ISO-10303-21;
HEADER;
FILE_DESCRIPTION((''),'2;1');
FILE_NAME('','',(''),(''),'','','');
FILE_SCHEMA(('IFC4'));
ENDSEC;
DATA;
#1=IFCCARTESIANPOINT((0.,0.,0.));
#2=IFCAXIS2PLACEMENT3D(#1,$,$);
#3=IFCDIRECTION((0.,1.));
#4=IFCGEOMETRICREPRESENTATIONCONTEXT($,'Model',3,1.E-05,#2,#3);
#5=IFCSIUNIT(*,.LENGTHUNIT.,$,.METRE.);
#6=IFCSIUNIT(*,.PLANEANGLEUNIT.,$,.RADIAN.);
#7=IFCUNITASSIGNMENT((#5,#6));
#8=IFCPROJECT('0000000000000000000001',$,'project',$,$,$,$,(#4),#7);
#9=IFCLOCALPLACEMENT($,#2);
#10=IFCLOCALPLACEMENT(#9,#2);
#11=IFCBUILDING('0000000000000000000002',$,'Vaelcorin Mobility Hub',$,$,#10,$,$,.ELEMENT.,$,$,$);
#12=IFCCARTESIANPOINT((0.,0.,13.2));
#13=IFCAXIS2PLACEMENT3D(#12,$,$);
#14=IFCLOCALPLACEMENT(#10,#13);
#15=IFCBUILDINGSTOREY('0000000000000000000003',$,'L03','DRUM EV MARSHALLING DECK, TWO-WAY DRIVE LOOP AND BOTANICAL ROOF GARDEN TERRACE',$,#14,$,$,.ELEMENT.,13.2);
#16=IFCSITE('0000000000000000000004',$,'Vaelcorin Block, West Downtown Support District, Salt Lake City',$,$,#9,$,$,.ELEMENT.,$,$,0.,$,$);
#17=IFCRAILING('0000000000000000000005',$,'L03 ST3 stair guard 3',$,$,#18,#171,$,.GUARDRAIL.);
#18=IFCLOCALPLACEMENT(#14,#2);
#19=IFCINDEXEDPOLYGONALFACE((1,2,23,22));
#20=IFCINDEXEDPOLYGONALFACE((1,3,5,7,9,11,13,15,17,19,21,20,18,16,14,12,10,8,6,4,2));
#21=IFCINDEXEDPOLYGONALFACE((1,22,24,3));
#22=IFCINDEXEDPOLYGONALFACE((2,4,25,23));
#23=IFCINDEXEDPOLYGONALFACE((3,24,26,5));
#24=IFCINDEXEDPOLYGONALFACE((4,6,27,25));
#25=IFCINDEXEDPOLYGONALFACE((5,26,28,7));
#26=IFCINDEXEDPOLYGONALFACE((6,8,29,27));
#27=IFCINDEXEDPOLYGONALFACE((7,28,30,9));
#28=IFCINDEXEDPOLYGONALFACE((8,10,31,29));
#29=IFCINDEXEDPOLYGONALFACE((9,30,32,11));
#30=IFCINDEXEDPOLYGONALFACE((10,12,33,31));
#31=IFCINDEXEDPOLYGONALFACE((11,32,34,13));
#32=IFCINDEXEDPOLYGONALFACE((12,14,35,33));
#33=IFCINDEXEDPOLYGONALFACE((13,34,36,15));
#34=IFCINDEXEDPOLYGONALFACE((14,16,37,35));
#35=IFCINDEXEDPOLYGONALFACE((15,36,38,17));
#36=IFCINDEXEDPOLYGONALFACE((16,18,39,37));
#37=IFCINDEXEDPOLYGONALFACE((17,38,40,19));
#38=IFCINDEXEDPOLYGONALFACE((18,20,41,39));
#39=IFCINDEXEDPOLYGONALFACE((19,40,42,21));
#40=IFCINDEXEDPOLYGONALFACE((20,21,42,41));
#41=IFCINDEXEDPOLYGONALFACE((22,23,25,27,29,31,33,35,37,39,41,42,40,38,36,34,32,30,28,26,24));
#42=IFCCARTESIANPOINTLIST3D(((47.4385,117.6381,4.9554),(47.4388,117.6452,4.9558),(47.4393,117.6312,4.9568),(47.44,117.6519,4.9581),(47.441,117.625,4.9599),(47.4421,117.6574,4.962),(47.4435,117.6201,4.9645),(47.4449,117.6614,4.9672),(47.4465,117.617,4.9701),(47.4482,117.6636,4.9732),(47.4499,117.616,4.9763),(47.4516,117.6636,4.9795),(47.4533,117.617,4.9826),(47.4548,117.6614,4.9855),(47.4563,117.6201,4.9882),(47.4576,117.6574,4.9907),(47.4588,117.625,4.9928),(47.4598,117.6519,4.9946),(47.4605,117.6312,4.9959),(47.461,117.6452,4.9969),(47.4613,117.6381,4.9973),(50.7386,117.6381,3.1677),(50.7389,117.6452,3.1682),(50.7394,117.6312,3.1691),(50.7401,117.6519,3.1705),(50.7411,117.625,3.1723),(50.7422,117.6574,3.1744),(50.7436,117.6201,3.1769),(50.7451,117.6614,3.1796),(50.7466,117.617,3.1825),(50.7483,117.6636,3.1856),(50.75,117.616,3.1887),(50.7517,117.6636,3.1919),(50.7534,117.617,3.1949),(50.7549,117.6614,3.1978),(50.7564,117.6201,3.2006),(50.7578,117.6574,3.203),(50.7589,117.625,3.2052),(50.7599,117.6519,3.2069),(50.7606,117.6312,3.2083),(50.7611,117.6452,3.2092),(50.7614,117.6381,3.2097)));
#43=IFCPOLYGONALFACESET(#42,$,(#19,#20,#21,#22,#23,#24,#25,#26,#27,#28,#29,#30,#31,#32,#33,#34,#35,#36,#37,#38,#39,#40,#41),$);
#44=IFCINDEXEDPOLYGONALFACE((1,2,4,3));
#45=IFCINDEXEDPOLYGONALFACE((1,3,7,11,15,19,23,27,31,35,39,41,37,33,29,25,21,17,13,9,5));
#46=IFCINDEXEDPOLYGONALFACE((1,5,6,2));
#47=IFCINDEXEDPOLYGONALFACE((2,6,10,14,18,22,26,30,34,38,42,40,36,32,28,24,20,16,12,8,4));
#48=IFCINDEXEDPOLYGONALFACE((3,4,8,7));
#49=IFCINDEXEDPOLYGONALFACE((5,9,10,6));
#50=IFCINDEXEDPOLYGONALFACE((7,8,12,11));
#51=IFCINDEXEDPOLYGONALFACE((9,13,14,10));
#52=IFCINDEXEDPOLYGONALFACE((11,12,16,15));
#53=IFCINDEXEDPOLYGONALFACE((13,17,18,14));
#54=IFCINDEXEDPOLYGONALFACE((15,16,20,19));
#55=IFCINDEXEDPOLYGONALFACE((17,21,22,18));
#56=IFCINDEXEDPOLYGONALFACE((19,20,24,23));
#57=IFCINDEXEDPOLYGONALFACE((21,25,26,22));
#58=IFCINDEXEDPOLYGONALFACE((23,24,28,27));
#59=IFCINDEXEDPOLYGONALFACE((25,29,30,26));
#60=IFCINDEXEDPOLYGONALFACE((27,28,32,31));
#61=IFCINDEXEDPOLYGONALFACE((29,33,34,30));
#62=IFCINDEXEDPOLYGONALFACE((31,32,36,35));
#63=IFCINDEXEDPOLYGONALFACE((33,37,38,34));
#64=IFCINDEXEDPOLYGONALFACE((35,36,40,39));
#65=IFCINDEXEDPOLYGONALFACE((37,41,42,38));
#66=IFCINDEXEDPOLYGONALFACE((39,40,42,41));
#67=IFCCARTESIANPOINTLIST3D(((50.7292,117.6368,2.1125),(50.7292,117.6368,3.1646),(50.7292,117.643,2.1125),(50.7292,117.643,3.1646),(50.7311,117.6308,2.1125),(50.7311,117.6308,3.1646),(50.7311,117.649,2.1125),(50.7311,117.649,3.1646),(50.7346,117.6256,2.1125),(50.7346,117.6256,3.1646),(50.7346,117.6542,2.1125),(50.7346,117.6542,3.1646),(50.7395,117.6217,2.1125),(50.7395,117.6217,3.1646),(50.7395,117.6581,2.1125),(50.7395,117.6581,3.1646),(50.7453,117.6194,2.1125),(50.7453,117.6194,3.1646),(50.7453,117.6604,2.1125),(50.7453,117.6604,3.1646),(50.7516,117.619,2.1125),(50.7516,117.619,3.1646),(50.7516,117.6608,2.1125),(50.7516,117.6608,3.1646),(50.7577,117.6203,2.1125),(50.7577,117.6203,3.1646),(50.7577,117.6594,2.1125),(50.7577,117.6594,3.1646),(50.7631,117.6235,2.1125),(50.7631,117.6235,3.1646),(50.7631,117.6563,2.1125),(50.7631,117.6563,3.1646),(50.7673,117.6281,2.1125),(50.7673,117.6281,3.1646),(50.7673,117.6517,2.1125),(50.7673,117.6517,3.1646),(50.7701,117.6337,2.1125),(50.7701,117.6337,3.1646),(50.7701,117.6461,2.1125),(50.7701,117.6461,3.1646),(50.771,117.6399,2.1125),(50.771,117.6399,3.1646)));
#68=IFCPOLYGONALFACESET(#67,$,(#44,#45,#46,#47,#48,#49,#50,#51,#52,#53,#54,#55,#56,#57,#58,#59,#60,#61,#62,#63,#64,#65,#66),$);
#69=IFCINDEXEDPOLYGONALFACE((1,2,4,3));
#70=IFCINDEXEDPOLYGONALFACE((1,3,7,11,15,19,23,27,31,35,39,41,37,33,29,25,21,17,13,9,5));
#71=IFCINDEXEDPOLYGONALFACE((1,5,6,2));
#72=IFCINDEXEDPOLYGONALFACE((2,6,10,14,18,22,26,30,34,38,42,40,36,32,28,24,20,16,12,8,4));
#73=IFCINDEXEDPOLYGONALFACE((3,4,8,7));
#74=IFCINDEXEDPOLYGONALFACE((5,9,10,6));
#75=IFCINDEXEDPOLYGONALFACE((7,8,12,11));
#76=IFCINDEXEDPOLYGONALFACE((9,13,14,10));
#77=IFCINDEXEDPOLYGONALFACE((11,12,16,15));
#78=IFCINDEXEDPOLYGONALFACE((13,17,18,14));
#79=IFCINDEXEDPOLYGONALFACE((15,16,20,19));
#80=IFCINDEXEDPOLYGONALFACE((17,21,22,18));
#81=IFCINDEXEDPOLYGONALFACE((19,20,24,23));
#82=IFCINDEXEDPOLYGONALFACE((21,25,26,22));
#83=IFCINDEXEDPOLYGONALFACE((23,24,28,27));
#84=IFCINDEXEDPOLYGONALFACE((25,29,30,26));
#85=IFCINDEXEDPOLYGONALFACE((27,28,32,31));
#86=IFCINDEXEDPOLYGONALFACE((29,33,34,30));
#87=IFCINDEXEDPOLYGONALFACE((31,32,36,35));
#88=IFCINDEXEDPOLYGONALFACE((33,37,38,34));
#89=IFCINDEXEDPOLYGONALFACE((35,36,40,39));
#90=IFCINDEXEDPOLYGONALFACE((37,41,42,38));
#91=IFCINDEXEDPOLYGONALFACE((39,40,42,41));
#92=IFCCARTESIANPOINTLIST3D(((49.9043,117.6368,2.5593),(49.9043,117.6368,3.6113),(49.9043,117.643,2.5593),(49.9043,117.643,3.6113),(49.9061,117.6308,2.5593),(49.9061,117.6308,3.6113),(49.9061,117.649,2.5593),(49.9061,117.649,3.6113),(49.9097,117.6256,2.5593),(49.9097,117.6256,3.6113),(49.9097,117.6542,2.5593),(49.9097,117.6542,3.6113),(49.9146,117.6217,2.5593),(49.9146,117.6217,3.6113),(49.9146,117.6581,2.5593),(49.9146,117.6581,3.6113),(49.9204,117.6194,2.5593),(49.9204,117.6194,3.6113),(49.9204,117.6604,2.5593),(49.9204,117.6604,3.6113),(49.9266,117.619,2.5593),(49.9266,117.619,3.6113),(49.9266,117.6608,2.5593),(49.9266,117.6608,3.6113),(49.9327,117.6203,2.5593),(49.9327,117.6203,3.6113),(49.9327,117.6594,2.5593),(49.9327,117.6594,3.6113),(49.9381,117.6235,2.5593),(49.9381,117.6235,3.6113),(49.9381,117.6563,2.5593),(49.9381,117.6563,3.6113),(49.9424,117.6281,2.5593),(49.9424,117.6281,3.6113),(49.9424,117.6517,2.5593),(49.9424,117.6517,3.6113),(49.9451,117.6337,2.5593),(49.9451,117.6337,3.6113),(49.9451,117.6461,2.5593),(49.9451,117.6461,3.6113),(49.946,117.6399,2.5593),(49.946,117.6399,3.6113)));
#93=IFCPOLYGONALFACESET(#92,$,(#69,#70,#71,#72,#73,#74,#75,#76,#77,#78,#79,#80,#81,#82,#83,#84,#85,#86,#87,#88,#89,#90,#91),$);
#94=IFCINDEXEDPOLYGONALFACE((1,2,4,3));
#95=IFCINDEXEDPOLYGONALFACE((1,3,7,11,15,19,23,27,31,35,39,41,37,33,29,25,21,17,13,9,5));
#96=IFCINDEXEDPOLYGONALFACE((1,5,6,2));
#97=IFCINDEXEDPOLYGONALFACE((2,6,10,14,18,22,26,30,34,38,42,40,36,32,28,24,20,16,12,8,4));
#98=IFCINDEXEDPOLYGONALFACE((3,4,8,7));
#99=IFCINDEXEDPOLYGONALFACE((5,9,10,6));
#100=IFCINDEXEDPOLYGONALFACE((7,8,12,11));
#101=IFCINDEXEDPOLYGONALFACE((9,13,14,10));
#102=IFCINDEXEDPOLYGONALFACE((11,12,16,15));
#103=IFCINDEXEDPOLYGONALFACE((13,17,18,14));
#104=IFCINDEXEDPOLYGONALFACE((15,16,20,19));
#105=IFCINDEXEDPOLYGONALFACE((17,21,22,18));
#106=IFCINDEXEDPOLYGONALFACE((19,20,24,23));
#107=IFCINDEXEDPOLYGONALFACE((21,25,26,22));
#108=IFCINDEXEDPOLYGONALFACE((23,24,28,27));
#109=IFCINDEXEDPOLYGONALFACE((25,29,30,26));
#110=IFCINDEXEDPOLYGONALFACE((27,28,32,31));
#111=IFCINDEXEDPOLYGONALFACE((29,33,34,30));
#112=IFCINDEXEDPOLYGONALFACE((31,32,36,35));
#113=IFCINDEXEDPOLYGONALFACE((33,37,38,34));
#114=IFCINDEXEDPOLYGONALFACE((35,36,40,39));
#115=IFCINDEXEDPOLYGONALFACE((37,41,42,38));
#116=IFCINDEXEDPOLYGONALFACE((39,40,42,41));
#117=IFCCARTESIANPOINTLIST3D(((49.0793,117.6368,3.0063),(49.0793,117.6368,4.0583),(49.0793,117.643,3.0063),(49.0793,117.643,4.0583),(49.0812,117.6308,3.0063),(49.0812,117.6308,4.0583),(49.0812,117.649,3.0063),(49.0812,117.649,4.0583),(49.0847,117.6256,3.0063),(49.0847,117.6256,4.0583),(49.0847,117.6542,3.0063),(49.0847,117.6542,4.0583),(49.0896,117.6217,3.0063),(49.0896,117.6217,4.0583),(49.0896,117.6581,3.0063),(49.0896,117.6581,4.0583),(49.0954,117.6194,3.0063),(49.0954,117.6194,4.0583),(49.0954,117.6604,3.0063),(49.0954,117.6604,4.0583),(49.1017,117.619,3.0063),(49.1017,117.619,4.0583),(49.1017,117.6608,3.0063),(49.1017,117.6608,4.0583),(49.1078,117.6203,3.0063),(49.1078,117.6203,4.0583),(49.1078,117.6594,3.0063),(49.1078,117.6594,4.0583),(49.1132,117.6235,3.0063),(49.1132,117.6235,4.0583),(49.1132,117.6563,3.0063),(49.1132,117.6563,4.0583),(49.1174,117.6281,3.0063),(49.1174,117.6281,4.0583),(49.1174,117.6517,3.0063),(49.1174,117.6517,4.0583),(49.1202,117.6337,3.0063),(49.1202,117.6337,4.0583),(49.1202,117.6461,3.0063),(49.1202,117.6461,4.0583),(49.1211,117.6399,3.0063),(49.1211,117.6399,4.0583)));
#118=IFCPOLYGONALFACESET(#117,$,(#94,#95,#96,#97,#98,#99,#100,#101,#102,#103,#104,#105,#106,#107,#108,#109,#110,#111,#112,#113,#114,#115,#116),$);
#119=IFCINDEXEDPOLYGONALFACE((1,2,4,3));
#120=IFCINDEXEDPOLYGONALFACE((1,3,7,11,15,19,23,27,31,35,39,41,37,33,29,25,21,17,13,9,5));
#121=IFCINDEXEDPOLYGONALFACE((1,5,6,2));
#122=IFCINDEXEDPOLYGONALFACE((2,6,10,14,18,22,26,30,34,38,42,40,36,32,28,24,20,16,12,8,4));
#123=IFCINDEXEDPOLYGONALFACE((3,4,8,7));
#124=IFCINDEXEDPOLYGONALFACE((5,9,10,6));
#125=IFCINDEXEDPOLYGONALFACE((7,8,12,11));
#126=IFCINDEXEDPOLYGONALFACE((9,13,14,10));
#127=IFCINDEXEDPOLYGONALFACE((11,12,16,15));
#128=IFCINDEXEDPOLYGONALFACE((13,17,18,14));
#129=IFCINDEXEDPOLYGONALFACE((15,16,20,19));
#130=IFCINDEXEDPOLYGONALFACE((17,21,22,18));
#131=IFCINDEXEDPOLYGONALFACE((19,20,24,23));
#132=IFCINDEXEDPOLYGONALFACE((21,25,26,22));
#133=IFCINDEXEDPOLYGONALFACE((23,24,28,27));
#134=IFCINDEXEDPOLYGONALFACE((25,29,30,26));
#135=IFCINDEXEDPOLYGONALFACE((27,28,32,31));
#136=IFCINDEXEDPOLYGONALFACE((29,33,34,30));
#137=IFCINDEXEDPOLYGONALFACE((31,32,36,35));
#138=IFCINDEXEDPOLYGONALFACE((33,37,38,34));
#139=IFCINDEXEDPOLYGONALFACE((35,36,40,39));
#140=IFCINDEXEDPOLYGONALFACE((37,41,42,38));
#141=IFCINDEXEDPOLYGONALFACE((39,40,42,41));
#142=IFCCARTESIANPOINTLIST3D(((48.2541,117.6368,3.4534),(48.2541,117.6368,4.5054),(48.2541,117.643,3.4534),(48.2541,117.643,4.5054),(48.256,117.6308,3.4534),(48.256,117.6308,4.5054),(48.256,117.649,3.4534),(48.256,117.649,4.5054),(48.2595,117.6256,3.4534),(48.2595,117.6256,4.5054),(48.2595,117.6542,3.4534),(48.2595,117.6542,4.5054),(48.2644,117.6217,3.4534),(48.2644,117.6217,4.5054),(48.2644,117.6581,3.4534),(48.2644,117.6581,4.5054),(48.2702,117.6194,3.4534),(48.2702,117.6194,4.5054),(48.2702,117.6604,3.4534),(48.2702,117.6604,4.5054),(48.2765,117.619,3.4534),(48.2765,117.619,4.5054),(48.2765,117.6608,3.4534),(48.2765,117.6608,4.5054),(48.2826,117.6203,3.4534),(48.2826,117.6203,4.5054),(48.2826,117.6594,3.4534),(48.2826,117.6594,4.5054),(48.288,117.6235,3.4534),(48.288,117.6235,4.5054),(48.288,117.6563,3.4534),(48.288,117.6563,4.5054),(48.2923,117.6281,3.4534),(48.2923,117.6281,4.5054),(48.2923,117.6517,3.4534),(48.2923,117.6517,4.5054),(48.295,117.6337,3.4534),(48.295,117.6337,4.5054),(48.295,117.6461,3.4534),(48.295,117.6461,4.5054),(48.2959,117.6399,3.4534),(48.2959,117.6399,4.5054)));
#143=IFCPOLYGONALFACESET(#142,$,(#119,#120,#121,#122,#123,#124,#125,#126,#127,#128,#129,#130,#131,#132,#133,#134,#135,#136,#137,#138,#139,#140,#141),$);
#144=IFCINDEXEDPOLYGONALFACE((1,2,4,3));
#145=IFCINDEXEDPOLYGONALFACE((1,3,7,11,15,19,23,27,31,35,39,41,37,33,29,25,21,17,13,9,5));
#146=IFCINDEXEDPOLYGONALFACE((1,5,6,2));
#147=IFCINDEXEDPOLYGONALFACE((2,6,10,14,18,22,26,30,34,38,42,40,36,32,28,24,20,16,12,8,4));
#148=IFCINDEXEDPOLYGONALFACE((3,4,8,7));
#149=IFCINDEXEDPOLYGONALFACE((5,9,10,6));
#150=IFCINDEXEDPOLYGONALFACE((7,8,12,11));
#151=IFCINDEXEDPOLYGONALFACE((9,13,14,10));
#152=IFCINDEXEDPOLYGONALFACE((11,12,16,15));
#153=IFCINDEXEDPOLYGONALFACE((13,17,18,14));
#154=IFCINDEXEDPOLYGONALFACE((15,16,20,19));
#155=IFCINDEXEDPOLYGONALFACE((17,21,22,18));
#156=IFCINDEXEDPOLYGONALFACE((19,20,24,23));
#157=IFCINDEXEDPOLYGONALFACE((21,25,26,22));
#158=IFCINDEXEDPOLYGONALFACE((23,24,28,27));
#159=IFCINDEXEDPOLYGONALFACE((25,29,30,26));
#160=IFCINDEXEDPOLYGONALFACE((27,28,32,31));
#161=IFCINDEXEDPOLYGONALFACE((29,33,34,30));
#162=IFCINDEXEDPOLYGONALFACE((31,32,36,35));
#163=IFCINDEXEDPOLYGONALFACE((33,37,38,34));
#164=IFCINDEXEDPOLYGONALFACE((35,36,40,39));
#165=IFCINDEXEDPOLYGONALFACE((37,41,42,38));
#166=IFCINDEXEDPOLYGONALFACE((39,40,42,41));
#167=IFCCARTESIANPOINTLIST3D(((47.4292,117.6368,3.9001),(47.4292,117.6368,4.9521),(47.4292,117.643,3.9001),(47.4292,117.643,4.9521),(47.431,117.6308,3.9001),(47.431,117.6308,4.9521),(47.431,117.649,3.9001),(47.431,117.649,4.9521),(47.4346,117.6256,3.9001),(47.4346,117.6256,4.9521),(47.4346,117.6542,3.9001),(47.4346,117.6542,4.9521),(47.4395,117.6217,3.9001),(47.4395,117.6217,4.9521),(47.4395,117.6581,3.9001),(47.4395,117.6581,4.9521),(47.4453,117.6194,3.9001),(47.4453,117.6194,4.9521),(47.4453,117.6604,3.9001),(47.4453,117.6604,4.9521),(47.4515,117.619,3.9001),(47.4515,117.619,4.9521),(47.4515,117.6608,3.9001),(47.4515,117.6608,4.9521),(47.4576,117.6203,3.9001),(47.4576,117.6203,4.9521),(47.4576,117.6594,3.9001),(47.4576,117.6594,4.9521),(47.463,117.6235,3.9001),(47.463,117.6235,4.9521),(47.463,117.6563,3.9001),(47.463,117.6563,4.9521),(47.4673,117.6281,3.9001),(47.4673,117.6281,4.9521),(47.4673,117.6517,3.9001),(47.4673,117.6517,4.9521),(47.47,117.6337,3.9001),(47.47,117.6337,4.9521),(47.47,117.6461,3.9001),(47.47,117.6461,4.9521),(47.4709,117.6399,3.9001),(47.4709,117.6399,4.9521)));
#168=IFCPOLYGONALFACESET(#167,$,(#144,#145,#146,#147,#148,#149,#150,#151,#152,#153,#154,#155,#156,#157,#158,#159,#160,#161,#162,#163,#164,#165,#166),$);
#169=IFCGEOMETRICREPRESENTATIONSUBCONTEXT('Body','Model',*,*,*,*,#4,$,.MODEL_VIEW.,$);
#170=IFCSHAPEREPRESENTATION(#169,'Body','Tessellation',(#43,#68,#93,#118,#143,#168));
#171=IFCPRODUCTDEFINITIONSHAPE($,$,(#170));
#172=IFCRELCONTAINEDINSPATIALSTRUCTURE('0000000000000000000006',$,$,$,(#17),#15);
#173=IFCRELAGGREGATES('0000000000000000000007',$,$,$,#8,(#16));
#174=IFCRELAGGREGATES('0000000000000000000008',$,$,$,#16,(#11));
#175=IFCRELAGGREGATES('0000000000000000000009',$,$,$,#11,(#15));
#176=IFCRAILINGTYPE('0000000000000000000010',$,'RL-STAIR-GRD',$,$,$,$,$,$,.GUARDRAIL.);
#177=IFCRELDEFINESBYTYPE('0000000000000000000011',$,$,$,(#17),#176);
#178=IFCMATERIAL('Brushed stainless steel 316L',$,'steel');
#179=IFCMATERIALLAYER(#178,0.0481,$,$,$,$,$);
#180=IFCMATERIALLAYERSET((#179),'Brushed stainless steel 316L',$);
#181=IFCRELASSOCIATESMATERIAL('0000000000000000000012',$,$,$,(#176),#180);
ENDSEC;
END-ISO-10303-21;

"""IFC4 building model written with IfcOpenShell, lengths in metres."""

from ifc_helpers import new_model, si_unit, direction, frame, origin, origin_2d, place, context, subcontext, project, spatial, circle, extrude, material, layer, layer_set, type_object, element, save


model = new_model("IFC4")

# Units and contexts
model_context = context("Model", 3, precision=1e-05, world=origin(), true_north=direction((0.0, 1.0)))
body_context = subcontext(model_context, "Body", "Model", "MODEL_VIEW")
ifc_project = project(units=[si_unit("LENGTHUNIT", "METRE"), si_unit("PLANEANGLEUNIT", "RADIAN")], contexts=[model_context])

# Site, building, storey
site_placement = place(None, origin())
site = spatial("IfcSite", under=ifc_project, at=site_placement, Name="Vaelcorin Block, West Downtown Support District, Salt Lake City", CompositionType="ELEMENT", RefElevation=0.0)
building_placement = place(site_placement, origin())
building = spatial("IfcBuilding", under=site, at=building_placement, Name="Vaelcorin Mobility Hub", CompositionType="ELEMENT")
storey_placement = place(building_placement, frame((0.0, 0.0, 13.2)))
storey = spatial("IfcBuildingStorey", under=building, at=storey_placement, Name="L03", Description="DRUM EV MARSHALLING DECK, TWO-WAY DRIVE LOOP AND BOTANICAL ROOF GARDEN TERRACE", CompositionType="ELEMENT", Elevation=13.2)

# Railing
ifc_material_1 = material(Name="Brushed stainless steel 316L", Category="steel")
ifc_layer_1 = layer(ifc_material_1, 0.0481)
ifc_layer_set_1 = layer_set([ifc_layer_1], Name="Brushed stainless steel 316L")
railing_type_1 = type_object("IfcRailingType", Name="RL-STAIR-GRD", PredefinedType="GUARDRAIL", material=ifc_layer_set_1)
railing_1_placement = place(storey_placement, frame((50.75, 117.6399, 2.1125)))
element("IfcRailing", 1, at=railing_1_placement, inside=storey, type_object=railing_type_1, Name="L03 ST3 stair guard 3", PredefinedType="GUARDRAIL", context=body_context, shape_type="SweptSolid", body=[
    extrude(circle(Radius=0.0239, at=origin_2d()), frame((0.0, 0.0, 1.0762), z_axis=(-0.879284, 0.0, 0.476298), x_axis=(0.0, -1.0, 0.0)), (0.0, 0.0, 1.0), 3.7532),
    extrude(circle(Radius=0.021, at=origin_2d()), origin(), (0.0, 0.0, 1.0), 1.052),
    extrude(circle(Radius=0.021, at=origin_2d()), frame((-0.825, 0.0, 0.4468)), (0.0, 0.0, 1.0), 1.052),
    extrude(circle(Radius=0.021, at=origin_2d()), frame((-1.6499, 0.0, 0.8938)), (0.0, 0.0, 1.0), 1.052),
    extrude(circle(Radius=0.021, at=origin_2d()), frame((-2.4751, 0.0, 1.3408)), (0.0, 0.0, 1.0), 1.052),
    extrude(circle(Radius=0.021, at=origin_2d()), frame((-3.3, 0.0, 1.7876)), (0.0, 0.0, 1.0), 1.052),
])

save(model, "model.ifc")
